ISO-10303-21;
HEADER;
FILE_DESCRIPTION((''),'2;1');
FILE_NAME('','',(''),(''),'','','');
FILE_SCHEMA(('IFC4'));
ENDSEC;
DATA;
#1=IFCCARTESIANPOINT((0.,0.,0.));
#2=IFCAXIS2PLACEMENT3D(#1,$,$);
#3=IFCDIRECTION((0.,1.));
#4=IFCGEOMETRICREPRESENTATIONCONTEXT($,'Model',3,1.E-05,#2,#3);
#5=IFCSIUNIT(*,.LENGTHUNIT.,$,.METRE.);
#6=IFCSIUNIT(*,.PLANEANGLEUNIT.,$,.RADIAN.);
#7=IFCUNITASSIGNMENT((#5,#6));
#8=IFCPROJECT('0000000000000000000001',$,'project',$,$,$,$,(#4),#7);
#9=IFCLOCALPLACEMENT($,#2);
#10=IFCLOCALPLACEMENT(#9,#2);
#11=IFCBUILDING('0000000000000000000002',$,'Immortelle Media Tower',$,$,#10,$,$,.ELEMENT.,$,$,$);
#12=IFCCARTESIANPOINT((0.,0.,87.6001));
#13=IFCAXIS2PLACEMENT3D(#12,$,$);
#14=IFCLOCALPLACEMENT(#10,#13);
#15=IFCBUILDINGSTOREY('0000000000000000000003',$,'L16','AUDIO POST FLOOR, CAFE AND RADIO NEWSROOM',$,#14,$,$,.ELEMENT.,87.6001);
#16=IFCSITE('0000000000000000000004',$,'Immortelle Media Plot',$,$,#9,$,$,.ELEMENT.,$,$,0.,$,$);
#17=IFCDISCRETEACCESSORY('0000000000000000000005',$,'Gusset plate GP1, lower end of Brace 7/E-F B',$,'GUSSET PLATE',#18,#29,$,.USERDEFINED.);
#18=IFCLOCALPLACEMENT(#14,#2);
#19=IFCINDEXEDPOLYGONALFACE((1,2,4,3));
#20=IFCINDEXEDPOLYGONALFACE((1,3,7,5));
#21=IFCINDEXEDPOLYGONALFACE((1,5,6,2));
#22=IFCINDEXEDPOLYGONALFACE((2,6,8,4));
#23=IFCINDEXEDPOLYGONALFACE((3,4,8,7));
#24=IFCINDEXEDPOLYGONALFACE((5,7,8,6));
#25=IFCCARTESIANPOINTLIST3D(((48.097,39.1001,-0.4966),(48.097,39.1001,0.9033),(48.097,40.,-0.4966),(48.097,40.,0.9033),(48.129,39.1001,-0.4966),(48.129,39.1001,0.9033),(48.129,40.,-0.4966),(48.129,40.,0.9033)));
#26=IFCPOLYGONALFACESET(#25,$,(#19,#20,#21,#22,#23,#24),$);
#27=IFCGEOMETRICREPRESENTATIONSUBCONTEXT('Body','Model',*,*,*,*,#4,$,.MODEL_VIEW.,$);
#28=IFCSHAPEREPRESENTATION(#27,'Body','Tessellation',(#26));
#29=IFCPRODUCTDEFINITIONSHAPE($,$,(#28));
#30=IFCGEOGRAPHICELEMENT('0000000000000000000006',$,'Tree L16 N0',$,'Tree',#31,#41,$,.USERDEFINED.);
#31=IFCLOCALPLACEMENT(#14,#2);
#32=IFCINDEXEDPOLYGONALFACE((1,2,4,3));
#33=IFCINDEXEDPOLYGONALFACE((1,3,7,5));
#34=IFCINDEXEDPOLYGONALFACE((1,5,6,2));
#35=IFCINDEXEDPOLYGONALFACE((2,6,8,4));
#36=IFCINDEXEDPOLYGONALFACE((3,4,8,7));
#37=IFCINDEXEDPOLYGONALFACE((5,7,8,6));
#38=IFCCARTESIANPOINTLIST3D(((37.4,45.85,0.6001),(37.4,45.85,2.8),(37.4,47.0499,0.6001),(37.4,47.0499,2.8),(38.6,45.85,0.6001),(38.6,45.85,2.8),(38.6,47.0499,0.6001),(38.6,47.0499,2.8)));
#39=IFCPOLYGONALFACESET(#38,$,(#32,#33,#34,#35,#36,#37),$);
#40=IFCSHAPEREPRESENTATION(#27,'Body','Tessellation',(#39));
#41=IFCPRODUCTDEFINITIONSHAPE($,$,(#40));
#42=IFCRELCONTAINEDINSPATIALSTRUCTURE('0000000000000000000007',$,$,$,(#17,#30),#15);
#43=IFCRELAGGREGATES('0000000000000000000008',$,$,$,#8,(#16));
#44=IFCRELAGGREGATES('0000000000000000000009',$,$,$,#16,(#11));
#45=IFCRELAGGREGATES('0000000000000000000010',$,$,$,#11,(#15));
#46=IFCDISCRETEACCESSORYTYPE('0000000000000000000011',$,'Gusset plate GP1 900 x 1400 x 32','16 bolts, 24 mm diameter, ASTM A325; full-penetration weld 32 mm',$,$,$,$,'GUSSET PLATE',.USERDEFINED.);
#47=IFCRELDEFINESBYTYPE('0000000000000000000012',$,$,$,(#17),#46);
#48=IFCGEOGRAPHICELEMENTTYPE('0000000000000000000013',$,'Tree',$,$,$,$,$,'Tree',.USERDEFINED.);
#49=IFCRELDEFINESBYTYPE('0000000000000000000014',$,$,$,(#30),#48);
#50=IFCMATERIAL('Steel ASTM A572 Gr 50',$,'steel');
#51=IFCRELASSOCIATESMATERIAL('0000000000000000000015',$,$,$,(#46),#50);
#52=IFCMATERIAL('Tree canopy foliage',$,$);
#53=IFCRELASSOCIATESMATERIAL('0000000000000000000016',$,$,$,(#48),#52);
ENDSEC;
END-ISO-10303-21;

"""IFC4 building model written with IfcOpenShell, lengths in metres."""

from ifc_helpers import new_model, si_unit, direction, frame, origin, origin_2d, place, context, subcontext, project, spatial, rectangle, extrude, material, material_profile, profile_set, type_object, element, save


model = new_model("IFC4")

# Units and contexts
model_context = context("Model", 3, precision=1e-05, world=origin(), true_north=direction((0.0, 1.0)))
body_context = subcontext(model_context, "Body", "Model", "MODEL_VIEW")
ifc_project = project(units=[si_unit("LENGTHUNIT", "METRE"), si_unit("PLANEANGLEUNIT", "RADIAN")], contexts=[model_context])

# Site, building, storey
site_placement = place(None, origin())
site = spatial("IfcSite", under=ifc_project, at=site_placement, Name="Immortelle Media Plot", CompositionType="ELEMENT", RefElevation=0.0)
building_placement = place(site_placement, origin())
building = spatial("IfcBuilding", under=site, at=building_placement, Name="Immortelle Media Tower", CompositionType="ELEMENT")
storey_placement = place(building_placement, frame((0.0, 0.0, 87.6001)))
storey = spatial("IfcBuildingStorey", under=building, at=storey_placement, Name="L16", Description="AUDIO POST FLOOR, CAFE AND RADIO NEWSROOM", CompositionType="ELEMENT", Elevation=87.6001)

# Discrete accessory
ifc_material_1 = material(Name="Steel ASTM A572 Gr 50", Category="steel")
ifc_material_profile_1 = material_profile(ifc_material_1, rectangle(XDim=0.032, YDim=1.3999, at=origin_2d()), Name="PL 32 x 1400")
ifc_profile_set_1 = profile_set([ifc_material_profile_1], Name="Steel ASTM A572 Gr 50")
discrete_accessory_type_1 = type_object("IfcDiscreteAccessoryType", Name="Gusset plate GP1 900 x 1400 x 32", Description="16 bolts, 24 mm diameter, ASTM A325; full-penetration weld 32 mm", ElementType="GUSSET PLATE", PredefinedType="USERDEFINED", material=ifc_profile_set_1)
for number, where, z_axis, x_axis, name in (
    (1, (48.113, 40.0, 0.2034), (0.0, -1.0, 0.0), (1.0, 0.0, 0.0), "Gusset plate GP1, lower end of Brace 7/E-F B"),
):
    element("IfcDiscreteAccessory", number, at=place(storey_placement, frame(where, z_axis=z_axis, x_axis=x_axis)), inside=storey, type_object=discrete_accessory_type_1, Name=name, ObjectType="GUSSET PLATE", PredefinedType="USERDEFINED", context=body_context, shape_type="SweptSolid", body=[
        extrude(rectangle(XDim=0.032, YDim=1.3999, at=origin_2d()), origin(), (0.0, 0.0, 1.0), 0.8999),
    ])

# Geographic element
ifc_material_2 = material(Name="Tree canopy foliage")
geographic_element_type = type_object("IfcGeographicElementType", Name="Tree", ElementType="Tree", PredefinedType="USERDEFINED", material=ifc_material_2)
geographic_element_placement = place(storey_placement, frame((38.0, 46.45, 0.6001), z_axis=(0.0, 0.0, 1.0), x_axis=(1.0, 0.0, 0.0)))
element("IfcGeographicElement", 2, at=geographic_element_placement, inside=storey, type_object=geographic_element_type, Name="Tree L16 N0", ObjectType="Tree", PredefinedType="USERDEFINED", context=body_context, shape_type="SweptSolid", body=[
    extrude(rectangle(XDim=1.2, YDim=1.2, at=origin_2d()), origin(), (0.0, 0.0, 1.0), 2.2),
])

save(model, "model.ifc")
